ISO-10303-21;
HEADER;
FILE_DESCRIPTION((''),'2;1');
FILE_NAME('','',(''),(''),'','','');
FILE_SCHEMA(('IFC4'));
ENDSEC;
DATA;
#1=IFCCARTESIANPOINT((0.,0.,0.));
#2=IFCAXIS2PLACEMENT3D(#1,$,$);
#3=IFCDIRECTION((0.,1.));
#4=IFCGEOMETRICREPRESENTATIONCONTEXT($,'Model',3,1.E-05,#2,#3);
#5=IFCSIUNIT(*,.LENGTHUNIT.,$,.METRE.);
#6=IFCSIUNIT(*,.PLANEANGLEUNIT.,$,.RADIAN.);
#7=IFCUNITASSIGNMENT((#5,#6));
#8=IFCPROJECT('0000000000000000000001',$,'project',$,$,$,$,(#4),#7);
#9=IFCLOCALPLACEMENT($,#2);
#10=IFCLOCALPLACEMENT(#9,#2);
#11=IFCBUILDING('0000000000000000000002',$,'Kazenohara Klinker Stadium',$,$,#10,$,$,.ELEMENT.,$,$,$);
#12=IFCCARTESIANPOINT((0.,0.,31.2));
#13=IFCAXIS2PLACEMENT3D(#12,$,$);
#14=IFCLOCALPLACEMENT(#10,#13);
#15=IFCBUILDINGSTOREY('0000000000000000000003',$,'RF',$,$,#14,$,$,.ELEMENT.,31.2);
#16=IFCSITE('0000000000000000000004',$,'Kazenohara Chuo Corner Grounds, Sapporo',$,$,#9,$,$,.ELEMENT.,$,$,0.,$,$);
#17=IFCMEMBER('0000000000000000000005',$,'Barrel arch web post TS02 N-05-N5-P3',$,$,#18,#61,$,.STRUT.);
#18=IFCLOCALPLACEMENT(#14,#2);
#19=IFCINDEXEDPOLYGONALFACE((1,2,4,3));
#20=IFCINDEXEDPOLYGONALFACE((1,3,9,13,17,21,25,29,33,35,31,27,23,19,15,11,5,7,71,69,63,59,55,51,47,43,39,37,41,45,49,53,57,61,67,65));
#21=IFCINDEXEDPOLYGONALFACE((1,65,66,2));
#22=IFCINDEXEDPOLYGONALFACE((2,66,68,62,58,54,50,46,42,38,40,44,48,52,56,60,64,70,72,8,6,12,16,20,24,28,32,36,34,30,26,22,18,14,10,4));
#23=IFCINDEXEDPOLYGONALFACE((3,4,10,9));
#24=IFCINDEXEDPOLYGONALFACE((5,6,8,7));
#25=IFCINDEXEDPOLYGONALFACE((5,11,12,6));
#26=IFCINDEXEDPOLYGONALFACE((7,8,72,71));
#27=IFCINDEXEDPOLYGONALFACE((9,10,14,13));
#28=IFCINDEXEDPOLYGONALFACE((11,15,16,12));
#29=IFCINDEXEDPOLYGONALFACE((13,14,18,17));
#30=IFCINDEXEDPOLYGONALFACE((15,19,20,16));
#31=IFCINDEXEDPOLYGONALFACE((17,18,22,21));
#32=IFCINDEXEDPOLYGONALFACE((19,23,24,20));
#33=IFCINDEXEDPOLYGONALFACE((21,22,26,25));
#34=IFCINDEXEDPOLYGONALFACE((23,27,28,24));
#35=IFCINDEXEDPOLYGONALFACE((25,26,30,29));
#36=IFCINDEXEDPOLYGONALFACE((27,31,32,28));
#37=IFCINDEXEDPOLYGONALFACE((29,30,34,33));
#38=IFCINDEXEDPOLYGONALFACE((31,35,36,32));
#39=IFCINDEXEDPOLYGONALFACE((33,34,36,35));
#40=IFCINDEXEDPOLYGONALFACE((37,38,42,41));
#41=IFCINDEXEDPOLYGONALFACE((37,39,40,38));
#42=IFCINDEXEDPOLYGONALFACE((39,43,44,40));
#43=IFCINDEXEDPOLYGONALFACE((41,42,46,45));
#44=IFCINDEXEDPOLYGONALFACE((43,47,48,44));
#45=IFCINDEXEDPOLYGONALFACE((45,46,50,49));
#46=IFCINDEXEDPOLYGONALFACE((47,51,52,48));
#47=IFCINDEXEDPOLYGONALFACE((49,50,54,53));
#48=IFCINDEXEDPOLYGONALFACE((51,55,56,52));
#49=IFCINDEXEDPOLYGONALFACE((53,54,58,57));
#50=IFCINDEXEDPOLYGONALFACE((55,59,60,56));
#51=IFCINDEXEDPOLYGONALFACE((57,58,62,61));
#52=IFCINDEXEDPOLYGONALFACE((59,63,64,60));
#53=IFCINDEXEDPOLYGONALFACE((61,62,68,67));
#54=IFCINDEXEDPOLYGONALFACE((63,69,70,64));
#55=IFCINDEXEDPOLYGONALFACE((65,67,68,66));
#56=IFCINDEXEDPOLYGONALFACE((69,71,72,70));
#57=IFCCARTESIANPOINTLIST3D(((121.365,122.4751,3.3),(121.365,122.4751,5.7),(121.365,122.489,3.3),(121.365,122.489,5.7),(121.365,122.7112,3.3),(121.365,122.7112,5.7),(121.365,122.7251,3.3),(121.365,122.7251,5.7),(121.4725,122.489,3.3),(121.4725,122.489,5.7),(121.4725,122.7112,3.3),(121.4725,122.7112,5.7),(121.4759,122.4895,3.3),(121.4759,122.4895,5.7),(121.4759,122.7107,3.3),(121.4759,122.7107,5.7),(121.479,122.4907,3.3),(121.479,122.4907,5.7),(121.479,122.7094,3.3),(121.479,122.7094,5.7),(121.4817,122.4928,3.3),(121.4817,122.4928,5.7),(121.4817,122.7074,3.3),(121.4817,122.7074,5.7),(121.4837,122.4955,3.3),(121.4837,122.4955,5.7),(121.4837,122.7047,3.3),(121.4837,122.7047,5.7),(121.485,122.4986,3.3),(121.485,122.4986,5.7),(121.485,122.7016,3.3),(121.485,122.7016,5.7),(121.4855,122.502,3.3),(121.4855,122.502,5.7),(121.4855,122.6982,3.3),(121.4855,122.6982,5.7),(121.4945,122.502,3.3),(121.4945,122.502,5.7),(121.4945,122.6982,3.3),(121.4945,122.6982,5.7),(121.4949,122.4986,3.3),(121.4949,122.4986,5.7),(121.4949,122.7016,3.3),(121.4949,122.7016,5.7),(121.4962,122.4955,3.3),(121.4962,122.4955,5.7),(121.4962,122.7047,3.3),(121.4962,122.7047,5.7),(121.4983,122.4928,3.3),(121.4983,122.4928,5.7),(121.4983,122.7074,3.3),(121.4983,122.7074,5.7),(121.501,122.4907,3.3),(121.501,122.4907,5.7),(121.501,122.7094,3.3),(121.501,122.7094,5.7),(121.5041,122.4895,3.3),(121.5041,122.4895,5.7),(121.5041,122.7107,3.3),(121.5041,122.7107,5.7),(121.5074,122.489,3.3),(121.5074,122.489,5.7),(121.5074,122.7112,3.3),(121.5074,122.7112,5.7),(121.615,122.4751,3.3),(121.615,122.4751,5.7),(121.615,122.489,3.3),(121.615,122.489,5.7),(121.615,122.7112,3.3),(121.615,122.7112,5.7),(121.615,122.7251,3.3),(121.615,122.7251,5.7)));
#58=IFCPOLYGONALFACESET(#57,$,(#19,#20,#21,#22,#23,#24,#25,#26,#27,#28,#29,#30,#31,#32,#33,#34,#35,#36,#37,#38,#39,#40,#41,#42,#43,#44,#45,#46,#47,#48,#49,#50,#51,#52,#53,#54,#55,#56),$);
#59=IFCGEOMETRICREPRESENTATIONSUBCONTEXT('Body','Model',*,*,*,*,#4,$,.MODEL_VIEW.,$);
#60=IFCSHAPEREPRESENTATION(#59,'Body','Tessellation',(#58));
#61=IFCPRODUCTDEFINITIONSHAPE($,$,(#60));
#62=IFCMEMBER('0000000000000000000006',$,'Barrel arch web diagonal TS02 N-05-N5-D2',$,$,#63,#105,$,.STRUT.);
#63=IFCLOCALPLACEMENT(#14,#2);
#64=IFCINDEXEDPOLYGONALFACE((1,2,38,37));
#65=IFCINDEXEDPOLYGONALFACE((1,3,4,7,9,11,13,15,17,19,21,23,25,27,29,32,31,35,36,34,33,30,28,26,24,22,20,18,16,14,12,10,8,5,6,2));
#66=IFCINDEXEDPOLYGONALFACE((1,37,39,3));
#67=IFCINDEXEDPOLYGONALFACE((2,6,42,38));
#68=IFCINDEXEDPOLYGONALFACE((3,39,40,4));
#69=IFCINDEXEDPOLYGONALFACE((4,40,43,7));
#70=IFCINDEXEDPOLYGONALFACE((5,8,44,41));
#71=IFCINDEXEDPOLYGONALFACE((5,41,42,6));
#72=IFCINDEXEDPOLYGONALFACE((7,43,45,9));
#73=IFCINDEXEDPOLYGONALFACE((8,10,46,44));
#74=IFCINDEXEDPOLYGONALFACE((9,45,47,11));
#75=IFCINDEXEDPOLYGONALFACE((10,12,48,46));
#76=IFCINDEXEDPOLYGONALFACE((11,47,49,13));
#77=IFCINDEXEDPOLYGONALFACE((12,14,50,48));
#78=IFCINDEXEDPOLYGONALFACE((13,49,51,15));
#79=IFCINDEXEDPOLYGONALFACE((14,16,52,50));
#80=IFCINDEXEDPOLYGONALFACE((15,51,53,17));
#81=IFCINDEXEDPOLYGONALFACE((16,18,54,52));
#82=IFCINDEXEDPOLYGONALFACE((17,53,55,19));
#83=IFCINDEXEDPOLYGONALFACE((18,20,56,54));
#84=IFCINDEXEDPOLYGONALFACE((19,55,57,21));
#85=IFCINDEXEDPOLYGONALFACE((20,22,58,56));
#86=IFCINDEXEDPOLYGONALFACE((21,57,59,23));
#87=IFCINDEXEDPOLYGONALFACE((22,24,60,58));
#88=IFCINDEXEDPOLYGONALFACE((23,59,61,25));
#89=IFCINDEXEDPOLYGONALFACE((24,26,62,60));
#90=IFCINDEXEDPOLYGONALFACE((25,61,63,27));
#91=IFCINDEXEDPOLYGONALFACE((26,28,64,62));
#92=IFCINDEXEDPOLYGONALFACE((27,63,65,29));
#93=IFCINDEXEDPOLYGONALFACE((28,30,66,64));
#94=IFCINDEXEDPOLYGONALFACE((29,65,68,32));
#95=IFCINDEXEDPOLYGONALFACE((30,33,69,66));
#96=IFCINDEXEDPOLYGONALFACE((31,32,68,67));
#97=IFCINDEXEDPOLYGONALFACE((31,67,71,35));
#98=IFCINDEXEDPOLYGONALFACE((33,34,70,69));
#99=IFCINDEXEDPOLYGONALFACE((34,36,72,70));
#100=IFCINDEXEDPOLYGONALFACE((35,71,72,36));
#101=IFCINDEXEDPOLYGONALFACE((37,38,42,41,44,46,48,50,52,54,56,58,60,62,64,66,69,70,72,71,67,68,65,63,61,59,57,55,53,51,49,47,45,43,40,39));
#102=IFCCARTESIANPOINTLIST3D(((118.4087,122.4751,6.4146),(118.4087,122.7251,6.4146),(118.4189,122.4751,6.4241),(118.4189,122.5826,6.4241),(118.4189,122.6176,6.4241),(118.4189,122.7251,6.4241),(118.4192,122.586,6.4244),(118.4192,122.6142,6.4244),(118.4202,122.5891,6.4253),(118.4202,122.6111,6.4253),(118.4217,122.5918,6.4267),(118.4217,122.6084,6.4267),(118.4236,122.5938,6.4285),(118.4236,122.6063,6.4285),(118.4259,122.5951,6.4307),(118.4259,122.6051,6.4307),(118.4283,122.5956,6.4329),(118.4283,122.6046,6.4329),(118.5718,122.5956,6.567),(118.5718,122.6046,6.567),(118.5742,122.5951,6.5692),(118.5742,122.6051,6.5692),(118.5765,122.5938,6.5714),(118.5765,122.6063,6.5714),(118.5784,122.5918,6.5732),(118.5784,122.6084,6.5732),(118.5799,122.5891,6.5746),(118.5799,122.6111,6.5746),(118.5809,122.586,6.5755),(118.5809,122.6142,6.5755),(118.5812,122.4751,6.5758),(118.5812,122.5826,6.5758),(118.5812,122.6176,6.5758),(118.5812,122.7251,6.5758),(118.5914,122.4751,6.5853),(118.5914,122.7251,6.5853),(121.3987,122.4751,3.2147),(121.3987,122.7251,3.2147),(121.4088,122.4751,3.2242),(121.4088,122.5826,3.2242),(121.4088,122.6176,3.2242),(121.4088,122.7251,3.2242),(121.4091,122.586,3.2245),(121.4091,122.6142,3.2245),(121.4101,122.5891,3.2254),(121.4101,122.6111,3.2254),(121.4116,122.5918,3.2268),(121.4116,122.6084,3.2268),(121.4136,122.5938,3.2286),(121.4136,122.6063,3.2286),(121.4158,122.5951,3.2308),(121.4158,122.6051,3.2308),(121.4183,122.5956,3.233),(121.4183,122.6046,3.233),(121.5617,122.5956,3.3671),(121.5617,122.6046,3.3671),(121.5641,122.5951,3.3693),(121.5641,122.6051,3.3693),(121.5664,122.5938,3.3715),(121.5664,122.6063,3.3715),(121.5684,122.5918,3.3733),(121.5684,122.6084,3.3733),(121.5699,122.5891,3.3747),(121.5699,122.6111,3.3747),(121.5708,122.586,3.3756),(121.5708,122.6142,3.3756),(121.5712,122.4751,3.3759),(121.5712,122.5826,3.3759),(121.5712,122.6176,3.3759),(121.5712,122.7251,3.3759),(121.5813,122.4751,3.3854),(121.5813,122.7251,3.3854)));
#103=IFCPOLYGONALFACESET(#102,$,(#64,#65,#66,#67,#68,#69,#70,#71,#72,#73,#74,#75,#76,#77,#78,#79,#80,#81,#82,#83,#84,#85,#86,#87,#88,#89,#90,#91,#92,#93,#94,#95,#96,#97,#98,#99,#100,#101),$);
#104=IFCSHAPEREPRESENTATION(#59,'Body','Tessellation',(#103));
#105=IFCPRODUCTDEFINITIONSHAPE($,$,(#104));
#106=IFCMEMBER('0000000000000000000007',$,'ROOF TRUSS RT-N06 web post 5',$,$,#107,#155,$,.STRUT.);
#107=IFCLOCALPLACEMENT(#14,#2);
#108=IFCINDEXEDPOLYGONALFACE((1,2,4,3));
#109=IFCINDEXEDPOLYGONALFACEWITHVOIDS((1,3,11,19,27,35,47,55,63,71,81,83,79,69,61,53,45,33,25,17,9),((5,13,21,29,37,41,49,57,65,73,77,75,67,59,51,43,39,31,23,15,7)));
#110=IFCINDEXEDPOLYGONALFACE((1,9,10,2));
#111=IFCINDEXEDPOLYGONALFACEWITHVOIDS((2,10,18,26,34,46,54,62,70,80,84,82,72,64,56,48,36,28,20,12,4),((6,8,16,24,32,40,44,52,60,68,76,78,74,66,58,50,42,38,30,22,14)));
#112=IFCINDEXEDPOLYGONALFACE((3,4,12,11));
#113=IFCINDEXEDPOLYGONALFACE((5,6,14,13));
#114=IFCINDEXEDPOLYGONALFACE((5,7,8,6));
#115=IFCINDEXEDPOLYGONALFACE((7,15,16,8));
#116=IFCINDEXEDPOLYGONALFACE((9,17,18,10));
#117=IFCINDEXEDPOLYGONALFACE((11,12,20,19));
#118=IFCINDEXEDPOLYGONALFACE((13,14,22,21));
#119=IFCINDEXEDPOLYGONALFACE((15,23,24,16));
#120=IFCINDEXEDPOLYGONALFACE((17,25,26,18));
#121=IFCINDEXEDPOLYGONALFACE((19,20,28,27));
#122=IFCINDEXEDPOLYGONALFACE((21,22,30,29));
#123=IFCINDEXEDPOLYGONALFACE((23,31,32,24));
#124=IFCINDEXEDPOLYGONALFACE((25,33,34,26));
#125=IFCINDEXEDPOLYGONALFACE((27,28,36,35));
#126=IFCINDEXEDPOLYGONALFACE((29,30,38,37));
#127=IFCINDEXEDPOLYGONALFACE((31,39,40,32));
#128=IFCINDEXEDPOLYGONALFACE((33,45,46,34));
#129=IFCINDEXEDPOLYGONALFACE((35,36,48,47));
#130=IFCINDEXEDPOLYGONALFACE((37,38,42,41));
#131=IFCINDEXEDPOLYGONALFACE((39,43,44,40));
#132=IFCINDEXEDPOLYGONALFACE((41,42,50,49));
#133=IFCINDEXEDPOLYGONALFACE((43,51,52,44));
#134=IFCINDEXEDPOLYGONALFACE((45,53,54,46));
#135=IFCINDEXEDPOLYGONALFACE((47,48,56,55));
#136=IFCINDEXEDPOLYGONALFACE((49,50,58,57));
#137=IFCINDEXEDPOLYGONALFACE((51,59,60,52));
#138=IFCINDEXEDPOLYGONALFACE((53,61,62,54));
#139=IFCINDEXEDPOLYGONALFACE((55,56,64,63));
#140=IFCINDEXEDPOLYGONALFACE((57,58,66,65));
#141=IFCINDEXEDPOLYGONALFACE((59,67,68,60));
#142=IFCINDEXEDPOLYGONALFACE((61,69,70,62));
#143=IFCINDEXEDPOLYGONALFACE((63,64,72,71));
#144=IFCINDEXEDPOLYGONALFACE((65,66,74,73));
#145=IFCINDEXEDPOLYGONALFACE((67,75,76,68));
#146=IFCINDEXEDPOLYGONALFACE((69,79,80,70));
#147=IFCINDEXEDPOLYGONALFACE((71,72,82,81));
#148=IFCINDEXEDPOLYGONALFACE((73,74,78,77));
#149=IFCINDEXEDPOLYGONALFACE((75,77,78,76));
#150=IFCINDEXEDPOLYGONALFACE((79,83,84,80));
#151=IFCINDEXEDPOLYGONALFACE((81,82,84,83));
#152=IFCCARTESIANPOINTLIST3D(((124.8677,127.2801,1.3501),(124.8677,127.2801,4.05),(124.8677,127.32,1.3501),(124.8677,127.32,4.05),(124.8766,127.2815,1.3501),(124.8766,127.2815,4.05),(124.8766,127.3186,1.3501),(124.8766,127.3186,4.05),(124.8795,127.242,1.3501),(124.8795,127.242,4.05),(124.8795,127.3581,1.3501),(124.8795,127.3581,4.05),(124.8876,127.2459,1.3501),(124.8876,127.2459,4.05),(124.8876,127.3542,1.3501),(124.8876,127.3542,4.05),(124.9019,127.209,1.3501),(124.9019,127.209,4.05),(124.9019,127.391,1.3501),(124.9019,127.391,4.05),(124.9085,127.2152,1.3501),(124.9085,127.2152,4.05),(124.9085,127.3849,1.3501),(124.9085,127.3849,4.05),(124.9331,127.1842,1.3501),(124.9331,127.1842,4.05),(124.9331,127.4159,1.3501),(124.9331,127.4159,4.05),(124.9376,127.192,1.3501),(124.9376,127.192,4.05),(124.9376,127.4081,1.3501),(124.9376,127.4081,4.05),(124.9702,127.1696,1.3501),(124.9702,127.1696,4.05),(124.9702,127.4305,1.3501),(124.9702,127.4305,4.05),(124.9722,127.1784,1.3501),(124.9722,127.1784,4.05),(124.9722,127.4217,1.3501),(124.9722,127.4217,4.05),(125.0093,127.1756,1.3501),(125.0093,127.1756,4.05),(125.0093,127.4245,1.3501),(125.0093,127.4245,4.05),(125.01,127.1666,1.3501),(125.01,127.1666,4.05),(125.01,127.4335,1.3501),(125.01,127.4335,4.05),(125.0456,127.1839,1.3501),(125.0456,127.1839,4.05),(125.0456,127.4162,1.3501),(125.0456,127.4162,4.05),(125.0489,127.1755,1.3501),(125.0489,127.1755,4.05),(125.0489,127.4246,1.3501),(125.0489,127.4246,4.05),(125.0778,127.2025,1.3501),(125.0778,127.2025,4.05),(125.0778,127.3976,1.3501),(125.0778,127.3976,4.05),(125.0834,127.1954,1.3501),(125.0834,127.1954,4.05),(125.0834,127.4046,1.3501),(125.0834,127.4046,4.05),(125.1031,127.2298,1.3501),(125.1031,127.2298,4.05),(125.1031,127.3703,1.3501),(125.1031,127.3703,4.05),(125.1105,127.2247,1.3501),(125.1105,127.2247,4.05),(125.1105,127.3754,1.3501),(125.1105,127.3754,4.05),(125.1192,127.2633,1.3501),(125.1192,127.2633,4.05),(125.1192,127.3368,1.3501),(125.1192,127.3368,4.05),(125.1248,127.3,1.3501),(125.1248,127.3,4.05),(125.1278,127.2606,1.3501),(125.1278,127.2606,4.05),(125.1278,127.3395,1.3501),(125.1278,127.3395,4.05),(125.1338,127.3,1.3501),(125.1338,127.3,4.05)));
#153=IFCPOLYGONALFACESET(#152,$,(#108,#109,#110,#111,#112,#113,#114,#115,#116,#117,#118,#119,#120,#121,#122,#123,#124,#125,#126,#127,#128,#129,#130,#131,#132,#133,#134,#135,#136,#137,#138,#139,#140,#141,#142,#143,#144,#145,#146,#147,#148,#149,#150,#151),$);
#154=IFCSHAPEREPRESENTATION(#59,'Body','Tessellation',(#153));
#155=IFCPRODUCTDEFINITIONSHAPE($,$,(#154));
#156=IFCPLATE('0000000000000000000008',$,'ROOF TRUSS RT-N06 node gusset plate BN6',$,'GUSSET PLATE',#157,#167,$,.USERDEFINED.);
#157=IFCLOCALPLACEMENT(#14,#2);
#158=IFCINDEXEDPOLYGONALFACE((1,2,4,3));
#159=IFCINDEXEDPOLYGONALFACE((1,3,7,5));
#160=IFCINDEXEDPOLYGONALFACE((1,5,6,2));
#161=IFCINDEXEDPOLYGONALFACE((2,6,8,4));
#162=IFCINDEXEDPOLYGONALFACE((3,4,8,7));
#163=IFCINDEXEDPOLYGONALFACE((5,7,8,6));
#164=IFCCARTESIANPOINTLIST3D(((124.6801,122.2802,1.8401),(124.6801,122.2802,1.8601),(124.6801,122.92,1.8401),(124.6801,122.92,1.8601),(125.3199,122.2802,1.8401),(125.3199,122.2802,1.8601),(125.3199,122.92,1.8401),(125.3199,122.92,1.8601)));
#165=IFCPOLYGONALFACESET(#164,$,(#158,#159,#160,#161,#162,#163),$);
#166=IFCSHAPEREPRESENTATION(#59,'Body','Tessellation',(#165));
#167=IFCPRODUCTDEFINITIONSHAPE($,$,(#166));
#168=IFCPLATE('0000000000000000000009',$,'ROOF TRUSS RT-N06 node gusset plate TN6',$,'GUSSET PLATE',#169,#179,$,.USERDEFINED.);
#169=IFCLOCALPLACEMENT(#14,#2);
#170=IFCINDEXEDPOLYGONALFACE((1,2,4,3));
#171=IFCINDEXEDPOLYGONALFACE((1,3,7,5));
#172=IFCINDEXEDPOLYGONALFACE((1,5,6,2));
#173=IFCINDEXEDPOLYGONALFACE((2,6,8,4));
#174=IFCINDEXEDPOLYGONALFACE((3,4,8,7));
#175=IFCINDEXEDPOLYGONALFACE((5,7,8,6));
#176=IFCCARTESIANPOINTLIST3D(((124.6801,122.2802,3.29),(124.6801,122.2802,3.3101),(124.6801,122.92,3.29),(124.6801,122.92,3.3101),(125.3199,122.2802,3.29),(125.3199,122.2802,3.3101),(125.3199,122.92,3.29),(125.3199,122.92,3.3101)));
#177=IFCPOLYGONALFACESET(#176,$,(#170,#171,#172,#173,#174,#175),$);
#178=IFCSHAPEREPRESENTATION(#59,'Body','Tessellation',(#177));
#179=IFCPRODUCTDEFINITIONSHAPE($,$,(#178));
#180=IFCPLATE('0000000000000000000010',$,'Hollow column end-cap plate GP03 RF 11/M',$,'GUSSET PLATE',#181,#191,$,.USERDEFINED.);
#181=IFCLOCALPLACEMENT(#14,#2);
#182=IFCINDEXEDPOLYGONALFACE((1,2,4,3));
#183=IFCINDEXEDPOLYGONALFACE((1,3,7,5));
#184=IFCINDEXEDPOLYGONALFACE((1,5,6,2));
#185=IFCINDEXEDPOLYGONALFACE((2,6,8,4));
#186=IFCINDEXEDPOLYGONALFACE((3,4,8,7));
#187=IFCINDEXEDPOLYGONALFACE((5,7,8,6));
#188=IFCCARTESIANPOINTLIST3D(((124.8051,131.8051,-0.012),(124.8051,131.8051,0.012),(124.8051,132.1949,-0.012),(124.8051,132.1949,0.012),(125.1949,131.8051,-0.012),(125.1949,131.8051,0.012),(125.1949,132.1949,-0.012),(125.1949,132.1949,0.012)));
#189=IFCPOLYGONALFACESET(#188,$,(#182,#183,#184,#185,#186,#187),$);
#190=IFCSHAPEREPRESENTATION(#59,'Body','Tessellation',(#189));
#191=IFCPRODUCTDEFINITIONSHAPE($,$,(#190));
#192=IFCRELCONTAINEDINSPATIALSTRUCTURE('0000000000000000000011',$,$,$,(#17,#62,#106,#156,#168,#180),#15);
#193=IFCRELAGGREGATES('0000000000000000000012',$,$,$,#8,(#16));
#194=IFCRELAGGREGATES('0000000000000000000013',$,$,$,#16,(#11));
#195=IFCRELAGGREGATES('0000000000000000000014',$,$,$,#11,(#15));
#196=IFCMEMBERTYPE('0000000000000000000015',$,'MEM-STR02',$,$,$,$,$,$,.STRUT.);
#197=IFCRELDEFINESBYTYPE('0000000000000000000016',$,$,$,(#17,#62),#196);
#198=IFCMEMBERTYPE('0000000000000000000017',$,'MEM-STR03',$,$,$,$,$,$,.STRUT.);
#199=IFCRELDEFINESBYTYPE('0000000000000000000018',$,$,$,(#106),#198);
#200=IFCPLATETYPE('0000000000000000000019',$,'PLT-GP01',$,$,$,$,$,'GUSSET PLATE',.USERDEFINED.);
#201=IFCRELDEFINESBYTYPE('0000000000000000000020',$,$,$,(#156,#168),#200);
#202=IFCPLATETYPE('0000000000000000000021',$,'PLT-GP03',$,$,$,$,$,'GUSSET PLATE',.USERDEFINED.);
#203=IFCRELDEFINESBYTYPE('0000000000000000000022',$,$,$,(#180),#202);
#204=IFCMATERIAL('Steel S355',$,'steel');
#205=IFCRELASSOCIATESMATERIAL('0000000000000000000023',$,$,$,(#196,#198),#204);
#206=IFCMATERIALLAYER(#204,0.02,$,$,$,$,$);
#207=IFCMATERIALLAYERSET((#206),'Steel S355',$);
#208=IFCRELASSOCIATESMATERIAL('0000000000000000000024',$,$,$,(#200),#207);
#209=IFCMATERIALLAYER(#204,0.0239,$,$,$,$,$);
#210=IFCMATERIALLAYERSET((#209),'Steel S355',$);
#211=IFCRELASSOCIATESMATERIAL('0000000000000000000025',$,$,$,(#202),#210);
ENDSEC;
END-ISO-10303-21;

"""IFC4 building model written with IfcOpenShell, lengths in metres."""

from ifc_helpers import new_model, si_unit, direction, frame, origin, origin_2d, place, context, subcontext, project, spatial, rectangle, hollow_circle, i_section, extrude, material, layer, layer_set, material_profile, profile_set, type_object, element, save


model = new_model("IFC4")

# Units and contexts
model_context = context("Model", 3, precision=1e-05, world=origin(), true_north=direction((0.0, 1.0)))
body_context = subcontext(model_context, "Body", "Model", "MODEL_VIEW")
ifc_project = project(units=[si_unit("LENGTHUNIT", "METRE"), si_unit("PLANEANGLEUNIT", "RADIAN")], contexts=[model_context])

# Site, building, storey
site_placement = place(None, origin())
site = spatial("IfcSite", under=ifc_project, at=site_placement, Name="Kazenohara Chuo Corner Grounds, Sapporo", CompositionType="ELEMENT", RefElevation=0.0)
building_placement = place(site_placement, origin())
building = spatial("IfcBuilding", under=site, at=building_placement, Name="Kazenohara Klinker Stadium", CompositionType="ELEMENT")
storey_placement = place(building_placement, frame((0.0, 0.0, 31.2)))
storey = spatial("IfcBuildingStorey", under=building, at=storey_placement, Name="RF", CompositionType="ELEMENT", Elevation=31.2)

# Members
ifc_material_1 = material(Name="Steel S355", Category="steel")
ifc_material_profile_1 = material_profile(ifc_material_1, i_section(OverallWidth=0.25, OverallDepth=0.25, WebThickness=0.009, FlangeThickness=0.0139, FilletRadius=0.0129, at=origin_2d()), Name="H-250x250x9x14")
ifc_profile_set_1 = profile_set([ifc_material_profile_1], Name="Steel S355")
member_type_1 = type_object("IfcMemberType", Name="MEM-STR02", PredefinedType="STRUT", material=ifc_profile_set_1)
member_1_placement = place(storey_placement, frame((121.49, 122.6001, 3.3), z_axis=(0.0, 0.0, 1.0), x_axis=(1.0, 0.0, 0.0)))
element("IfcMember", 1, at=member_1_placement, inside=storey, type_object=member_type_1, Name="Barrel arch web post TS02 N-05-N5-P3", PredefinedType="STRUT", context=body_context, shape_type="SweptSolid", body=[
    extrude(i_section(OverallWidth=0.25, OverallDepth=0.25, WebThickness=0.009, FlangeThickness=0.0139, FilletRadius=0.0129, at=origin_2d()), origin(), (0.0, 0.0, 1.0), 2.3999),
])
member_2_placement = place(storey_placement, frame((121.49, 122.6001, 3.3), z_axis=(-0.682729, 0.0, 0.730671), x_axis=(0.0, -1.0, 0.0)))
element("IfcMember", 2, at=member_2_placement, inside=storey, type_object=member_type_1, Name="Barrel arch web diagonal TS02 N-05-N5-D2", PredefinedType="STRUT", context=body_context, shape_type="SweptSolid", body=[
    extrude(i_section(OverallWidth=0.25, OverallDepth=0.25, WebThickness=0.009, FlangeThickness=0.0139, FilletRadius=0.0129, at=origin_2d()), origin(), (0.0, 0.0, 1.0), 4.3794),
])
ifc_material_profile_2 = material_profile(ifc_material_1, hollow_circle(Radius=0.1338, WallThickness=0.009, at=origin_2d()), Name="CHS-267.4x9")
ifc_profile_set_2 = profile_set([ifc_material_profile_2], Name="Steel S355")
member_type_2 = type_object("IfcMemberType", Name="MEM-STR03", PredefinedType="STRUT", material=ifc_profile_set_2)
member_3_placement = place(storey_placement, frame((125.0, 127.3, 1.3501), z_axis=(0.0, 0.0, 1.0), x_axis=(1.0, 0.0, 0.0)))
element("IfcMember", 3, at=member_3_placement, inside=storey, type_object=member_type_2, Name="ROOF TRUSS RT-N06 web post 5", PredefinedType="STRUT", context=body_context, shape_type="SweptSolid", body=[
    extrude(hollow_circle(Radius=0.1338, WallThickness=0.009, at=origin_2d()), origin(), (0.0, 0.0, 1.0), 2.7),
])

# Plates
ifc_layer_1 = layer(ifc_material_1, 0.02)
ifc_layer_set_1 = layer_set([ifc_layer_1], Name="Steel S355")
plate_type_1 = type_object("IfcPlateType", Name="PLT-GP01", ElementType="GUSSET PLATE", PredefinedType="USERDEFINED", material=ifc_layer_set_1)
for number, where, z_axis, x_axis, name in (
    (4, (125.0, 122.6001, 1.8401), (0.0, 0.0, 1.0), (1.0, 0.0, 0.0), "ROOF TRUSS RT-N06 node gusset plate BN6"),
    (5, (125.0, 122.6001, 3.29), (0.0, 0.0, 1.0), (1.0, 0.0, 0.0), "ROOF TRUSS RT-N06 node gusset plate TN6"),
):
    element("IfcPlate", number, at=place(storey_placement, frame(where, z_axis=z_axis, x_axis=x_axis)), inside=storey, type_object=plate_type_1, Name=name, ObjectType="GUSSET PLATE", PredefinedType="USERDEFINED", context=body_context, shape_type="SweptSolid", body=[
        extrude(rectangle(XDim=0.6399, YDim=0.6399, at=origin_2d()), origin(), (0.0, 0.0, 1.0), 0.02),
    ])
ifc_layer_2 = layer(ifc_material_1, 0.0239)
ifc_layer_set_2 = layer_set([ifc_layer_2], Name="Steel S355")
plate_type_2 = type_object("IfcPlateType", Name="PLT-GP03", ElementType="GUSSET PLATE", PredefinedType="USERDEFINED", material=ifc_layer_set_2)
plate_1_placement = place(storey_placement, frame((125.0, 132.0, -0.012), z_axis=(0.0, 0.0, 1.0), x_axis=(1.0, 0.0, 0.0)))
element("IfcPlate", 6, at=plate_1_placement, inside=storey, type_object=plate_type_2, Name="Hollow column end-cap plate GP03 RF 11/M", ObjectType="GUSSET PLATE", PredefinedType="USERDEFINED", context=body_context, shape_type="SweptSolid", body=[
    extrude(rectangle(XDim=0.3899, YDim=0.3899, at=origin_2d()), origin(), (0.0, 0.0, 1.0), 0.0239),
])

save(model, "model.ifc")
